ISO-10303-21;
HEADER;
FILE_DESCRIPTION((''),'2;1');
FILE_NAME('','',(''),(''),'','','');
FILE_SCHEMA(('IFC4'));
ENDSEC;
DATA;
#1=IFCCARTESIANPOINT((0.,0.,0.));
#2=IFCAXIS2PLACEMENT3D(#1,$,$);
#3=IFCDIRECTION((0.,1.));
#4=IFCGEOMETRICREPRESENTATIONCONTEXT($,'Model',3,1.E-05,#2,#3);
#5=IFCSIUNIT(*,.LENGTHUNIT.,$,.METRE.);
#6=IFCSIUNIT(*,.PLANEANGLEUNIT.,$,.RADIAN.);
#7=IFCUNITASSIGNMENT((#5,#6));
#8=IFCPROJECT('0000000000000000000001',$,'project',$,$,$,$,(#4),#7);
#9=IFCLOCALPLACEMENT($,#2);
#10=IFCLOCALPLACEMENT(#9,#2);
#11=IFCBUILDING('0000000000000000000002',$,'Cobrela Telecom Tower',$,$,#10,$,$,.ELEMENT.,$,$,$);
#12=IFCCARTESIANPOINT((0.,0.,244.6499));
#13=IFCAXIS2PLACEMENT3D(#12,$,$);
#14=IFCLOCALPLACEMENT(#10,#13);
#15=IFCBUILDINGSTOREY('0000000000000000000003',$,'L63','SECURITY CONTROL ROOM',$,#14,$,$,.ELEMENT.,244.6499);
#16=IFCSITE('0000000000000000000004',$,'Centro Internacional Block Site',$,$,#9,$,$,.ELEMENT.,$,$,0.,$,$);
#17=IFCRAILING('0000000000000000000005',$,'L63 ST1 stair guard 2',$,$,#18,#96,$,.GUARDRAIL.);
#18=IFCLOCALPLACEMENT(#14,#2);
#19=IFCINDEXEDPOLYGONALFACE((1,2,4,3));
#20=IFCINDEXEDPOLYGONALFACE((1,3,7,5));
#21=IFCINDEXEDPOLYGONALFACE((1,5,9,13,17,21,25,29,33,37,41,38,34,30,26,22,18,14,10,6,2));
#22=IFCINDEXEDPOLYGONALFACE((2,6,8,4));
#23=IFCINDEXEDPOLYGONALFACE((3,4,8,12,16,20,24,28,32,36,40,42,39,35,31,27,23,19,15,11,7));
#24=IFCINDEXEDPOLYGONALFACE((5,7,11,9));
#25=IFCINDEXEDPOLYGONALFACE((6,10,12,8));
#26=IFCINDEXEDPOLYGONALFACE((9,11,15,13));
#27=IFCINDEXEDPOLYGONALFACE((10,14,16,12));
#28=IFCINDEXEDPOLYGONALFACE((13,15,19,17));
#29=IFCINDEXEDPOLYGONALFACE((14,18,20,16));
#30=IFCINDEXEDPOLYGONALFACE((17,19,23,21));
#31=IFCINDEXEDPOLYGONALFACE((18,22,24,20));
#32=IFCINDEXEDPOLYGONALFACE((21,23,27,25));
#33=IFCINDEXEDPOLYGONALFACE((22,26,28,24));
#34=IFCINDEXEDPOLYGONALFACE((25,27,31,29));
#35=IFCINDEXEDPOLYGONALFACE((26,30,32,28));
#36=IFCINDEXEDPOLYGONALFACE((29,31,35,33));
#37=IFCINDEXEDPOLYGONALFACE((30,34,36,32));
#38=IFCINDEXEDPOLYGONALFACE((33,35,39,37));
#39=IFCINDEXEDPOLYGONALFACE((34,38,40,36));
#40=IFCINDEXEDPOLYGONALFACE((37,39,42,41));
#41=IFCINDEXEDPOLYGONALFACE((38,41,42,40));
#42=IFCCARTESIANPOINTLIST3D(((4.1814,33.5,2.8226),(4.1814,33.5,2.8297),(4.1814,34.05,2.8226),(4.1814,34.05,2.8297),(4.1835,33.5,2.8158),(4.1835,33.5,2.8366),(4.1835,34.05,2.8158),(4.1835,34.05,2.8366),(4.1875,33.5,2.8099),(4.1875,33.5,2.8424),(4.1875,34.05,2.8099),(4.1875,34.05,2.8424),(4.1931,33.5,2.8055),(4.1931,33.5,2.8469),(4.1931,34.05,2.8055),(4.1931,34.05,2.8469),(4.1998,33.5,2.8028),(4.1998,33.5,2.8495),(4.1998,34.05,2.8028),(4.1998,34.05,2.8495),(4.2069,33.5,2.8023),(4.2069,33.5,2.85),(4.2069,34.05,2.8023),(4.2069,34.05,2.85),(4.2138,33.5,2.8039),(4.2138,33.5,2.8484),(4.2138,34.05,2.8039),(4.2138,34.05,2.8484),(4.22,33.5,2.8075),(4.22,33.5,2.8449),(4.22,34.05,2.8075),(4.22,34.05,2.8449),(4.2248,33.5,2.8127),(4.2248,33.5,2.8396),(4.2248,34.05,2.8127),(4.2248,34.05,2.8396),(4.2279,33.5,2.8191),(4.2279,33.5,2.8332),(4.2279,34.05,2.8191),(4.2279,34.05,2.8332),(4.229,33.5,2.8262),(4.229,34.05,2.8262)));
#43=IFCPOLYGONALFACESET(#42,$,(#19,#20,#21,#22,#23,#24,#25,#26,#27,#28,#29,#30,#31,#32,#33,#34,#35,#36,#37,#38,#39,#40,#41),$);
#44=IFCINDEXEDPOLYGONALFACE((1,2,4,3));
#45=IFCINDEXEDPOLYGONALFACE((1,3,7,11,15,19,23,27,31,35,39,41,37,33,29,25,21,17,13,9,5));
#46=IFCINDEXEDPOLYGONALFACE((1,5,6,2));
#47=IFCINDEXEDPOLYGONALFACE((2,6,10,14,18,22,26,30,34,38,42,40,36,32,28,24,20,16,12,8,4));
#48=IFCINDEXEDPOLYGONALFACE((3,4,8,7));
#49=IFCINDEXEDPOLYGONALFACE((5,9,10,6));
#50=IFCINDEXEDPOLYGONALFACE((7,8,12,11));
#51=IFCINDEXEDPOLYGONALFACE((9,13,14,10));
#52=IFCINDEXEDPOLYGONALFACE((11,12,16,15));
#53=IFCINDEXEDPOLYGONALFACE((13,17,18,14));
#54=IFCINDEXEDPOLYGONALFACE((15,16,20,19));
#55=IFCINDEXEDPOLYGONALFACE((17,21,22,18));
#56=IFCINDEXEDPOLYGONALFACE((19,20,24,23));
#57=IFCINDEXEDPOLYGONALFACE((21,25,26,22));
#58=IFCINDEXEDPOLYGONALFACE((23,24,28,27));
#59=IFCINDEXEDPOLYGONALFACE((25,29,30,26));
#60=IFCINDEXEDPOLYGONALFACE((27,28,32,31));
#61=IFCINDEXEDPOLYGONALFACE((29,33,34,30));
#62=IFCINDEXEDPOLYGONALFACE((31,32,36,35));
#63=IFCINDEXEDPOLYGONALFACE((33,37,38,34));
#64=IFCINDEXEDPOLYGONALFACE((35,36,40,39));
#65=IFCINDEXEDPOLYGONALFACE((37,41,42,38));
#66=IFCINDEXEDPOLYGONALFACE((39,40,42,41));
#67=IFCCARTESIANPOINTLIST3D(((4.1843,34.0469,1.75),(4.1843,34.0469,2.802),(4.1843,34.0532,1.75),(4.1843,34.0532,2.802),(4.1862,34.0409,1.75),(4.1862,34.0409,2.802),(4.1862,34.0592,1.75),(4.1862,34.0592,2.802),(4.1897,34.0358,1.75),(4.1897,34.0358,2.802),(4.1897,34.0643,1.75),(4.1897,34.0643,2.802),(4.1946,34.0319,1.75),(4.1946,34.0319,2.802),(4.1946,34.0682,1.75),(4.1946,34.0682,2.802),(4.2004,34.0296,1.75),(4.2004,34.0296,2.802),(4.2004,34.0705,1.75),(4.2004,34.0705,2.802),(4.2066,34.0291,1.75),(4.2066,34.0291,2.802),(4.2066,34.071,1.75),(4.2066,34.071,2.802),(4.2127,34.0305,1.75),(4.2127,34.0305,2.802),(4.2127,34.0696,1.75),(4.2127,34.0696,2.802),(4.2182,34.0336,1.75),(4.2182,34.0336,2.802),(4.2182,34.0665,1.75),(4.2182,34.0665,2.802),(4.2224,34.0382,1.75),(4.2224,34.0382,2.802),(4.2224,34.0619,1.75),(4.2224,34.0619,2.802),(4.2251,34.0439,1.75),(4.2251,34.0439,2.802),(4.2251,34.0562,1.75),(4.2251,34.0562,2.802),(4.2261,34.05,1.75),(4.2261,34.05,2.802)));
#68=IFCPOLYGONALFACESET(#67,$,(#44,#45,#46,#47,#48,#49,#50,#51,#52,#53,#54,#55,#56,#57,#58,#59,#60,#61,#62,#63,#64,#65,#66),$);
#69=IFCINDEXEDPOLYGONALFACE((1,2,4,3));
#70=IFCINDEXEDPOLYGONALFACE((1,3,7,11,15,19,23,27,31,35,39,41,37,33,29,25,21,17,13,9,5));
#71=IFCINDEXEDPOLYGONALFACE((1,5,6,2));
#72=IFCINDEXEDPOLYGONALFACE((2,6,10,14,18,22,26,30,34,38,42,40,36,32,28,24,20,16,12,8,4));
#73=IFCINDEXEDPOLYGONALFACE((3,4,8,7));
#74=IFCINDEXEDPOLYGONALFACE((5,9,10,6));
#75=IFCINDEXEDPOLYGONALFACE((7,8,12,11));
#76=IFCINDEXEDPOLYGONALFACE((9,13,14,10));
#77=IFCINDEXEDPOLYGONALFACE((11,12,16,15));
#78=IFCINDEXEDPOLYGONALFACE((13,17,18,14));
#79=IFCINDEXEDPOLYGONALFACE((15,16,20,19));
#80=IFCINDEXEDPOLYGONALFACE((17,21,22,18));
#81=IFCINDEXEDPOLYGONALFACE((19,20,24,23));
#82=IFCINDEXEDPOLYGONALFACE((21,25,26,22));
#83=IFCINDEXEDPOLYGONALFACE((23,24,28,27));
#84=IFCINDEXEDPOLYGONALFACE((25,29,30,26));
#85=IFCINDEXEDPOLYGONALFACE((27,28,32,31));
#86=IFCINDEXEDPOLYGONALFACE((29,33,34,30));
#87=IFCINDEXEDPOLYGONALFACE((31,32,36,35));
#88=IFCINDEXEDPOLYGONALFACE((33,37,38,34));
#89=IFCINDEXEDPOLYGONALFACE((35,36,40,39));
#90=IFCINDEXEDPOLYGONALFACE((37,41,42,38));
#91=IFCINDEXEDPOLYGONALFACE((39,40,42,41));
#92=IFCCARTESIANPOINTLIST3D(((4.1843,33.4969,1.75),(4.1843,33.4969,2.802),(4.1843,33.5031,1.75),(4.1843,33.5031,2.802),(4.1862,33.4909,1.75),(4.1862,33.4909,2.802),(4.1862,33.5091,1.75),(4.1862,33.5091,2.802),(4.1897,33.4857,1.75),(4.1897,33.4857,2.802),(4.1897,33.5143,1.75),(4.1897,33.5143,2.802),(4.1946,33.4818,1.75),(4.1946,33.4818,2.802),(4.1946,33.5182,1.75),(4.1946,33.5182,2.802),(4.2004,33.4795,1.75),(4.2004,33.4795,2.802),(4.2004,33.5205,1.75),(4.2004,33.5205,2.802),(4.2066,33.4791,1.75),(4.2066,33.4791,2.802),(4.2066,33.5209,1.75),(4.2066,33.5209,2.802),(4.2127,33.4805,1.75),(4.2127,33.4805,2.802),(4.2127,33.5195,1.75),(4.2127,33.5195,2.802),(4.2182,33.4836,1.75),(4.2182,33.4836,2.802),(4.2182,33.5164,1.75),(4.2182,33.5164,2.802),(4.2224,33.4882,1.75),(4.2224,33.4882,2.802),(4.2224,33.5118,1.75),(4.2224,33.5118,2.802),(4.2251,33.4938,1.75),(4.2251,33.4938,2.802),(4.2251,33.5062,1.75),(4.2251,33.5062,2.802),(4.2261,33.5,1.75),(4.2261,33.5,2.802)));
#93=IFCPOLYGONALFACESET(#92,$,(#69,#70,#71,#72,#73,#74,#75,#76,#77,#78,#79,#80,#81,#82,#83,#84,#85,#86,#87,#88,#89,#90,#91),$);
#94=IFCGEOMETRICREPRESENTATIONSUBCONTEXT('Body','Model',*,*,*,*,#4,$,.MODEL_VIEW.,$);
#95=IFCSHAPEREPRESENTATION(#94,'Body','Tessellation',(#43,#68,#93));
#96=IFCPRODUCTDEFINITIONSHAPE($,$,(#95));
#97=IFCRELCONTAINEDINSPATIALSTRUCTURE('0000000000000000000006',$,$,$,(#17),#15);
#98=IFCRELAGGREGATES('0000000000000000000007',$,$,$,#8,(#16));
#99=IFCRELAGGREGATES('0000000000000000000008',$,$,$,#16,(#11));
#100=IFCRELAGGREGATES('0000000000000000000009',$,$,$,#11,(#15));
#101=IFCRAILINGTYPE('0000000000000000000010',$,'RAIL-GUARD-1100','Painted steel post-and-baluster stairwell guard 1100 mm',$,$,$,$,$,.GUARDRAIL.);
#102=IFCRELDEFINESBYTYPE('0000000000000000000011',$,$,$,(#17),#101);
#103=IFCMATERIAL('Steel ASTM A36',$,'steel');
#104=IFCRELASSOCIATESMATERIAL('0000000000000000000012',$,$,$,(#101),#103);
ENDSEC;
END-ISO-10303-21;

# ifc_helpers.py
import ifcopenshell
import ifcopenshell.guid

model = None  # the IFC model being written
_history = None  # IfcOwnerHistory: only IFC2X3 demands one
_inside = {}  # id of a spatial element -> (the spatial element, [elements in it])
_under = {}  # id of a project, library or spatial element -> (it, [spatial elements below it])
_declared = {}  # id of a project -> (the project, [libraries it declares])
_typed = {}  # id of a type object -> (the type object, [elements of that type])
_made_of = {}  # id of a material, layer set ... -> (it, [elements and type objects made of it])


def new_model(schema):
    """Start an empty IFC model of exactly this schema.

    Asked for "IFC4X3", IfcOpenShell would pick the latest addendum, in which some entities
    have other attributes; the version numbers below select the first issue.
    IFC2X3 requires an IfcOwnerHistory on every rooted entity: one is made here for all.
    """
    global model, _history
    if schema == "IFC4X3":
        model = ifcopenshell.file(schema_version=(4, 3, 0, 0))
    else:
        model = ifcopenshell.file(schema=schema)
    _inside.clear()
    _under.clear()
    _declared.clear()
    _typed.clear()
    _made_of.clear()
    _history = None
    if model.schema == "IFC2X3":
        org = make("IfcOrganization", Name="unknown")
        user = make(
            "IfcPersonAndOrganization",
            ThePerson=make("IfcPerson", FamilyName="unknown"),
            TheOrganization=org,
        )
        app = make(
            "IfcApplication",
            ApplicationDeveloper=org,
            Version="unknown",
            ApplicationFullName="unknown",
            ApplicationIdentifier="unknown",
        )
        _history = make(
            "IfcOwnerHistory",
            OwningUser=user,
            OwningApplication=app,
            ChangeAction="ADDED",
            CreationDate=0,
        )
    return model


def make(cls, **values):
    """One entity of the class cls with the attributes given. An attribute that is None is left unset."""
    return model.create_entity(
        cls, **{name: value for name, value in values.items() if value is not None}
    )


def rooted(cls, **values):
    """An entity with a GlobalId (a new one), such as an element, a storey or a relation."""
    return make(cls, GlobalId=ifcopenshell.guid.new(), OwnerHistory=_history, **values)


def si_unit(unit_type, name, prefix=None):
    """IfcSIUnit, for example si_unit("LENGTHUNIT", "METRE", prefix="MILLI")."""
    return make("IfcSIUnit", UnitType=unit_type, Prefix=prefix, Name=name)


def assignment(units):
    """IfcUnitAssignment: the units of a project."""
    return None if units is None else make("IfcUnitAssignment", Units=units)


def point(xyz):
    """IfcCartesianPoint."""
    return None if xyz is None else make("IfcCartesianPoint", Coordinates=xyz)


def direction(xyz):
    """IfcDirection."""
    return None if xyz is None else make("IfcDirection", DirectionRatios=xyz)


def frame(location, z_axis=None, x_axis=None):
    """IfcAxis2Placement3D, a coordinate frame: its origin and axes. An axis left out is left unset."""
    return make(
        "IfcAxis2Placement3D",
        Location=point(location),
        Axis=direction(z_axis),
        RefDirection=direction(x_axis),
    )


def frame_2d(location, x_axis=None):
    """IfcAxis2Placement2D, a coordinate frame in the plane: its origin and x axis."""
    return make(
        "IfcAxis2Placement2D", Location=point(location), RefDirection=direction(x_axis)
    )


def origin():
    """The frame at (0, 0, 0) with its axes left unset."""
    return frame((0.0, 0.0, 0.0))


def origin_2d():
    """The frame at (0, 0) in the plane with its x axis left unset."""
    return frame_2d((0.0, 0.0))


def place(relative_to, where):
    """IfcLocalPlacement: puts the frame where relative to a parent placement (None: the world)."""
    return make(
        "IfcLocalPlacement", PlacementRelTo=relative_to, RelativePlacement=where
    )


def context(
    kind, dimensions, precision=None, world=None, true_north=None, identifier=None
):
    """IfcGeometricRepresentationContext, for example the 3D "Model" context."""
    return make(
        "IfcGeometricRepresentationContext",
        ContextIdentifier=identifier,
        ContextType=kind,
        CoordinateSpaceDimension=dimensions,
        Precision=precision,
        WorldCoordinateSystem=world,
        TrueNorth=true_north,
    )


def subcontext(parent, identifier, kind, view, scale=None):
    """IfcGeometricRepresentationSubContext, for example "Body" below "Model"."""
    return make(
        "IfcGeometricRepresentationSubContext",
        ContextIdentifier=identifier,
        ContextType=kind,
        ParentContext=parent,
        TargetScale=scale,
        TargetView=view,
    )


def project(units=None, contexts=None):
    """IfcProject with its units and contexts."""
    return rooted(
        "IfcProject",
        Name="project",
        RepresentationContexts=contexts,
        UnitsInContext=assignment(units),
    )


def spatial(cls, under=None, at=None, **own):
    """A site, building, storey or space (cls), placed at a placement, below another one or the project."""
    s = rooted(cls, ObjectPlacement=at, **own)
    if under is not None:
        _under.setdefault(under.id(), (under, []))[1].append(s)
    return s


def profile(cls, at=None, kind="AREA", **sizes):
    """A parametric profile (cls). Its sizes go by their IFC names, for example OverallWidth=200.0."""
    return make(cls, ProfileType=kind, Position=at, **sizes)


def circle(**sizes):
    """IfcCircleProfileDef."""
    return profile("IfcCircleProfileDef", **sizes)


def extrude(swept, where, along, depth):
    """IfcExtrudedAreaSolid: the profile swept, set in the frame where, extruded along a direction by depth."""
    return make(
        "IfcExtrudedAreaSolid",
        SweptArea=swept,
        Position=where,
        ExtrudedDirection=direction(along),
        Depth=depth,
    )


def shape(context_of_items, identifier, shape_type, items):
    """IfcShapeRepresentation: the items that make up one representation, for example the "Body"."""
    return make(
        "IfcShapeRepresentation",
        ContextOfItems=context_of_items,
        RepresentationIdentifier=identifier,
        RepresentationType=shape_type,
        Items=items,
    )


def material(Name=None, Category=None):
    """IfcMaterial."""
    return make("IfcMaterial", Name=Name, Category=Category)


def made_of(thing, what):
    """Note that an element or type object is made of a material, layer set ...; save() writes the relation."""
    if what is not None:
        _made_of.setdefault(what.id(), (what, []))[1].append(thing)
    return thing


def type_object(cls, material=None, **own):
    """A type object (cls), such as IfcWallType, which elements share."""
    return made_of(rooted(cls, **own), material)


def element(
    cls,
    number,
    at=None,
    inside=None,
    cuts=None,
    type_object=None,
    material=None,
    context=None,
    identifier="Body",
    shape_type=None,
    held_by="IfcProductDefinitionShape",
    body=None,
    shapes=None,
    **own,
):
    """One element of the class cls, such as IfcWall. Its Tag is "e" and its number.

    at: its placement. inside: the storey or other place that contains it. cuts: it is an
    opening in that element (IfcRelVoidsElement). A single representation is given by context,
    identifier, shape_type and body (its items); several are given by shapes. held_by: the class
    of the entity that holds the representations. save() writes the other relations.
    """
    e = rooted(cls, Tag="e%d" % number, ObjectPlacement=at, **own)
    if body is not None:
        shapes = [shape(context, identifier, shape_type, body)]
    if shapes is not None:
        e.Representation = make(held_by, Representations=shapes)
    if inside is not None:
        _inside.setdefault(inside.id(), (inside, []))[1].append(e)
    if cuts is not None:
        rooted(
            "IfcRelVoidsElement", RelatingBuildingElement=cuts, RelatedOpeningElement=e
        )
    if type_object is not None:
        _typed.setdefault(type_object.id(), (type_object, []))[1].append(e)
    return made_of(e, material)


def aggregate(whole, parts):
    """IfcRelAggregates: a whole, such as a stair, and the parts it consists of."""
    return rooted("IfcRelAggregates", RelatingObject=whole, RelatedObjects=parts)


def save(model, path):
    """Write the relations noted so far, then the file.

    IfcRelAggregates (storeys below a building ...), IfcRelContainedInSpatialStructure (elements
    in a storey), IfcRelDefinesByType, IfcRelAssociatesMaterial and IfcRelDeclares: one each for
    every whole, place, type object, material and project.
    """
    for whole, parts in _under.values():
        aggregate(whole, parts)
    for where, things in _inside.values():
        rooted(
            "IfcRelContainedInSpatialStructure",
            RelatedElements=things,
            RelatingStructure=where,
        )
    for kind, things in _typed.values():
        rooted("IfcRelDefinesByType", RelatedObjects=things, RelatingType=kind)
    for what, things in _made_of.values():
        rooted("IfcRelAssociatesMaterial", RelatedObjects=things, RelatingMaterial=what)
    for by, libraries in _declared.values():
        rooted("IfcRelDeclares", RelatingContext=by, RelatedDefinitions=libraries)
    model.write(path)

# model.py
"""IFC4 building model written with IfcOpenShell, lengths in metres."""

from ifc_helpers import new_model, si_unit, direction, frame, origin, origin_2d, place, context, subcontext, project, spatial, circle, extrude, material, type_object, element, save


model = new_model("IFC4")

# Units and contexts
model_context = context("Model", 3, precision=1e-05, world=origin(), true_north=direction((0.0, 1.0)))
body_context = subcontext(model_context, "Body", "Model", "MODEL_VIEW")
ifc_project = project(units=[si_unit("LENGTHUNIT", "METRE"), si_unit("PLANEANGLEUNIT", "RADIAN")], contexts=[model_context])

# Site, building, storey
site_placement = place(None, origin())
site = spatial("IfcSite", under=ifc_project, at=site_placement, Name="Centro Internacional Block Site", CompositionType="ELEMENT", RefElevation=0.0)
building_placement = place(site_placement, origin())
building = spatial("IfcBuilding", under=site, at=building_placement, Name="Cobrela Telecom Tower", CompositionType="ELEMENT")
storey_placement = place(building_placement, frame((0.0, 0.0, 244.6499)))
storey = spatial("IfcBuildingStorey", under=building, at=storey_placement, Name="L63", Description="SECURITY CONTROL ROOM", CompositionType="ELEMENT", Elevation=244.6499)

# Shared definitions
ifc_material_1 = material(Name="Steel ASTM A36", Category="steel")

# Railing
railing_type_1 = type_object("IfcRailingType", Name="RAIL-GUARD-1100", Description="Painted steel post-and-baluster stairwell guard 1100 mm", PredefinedType="GUARDRAIL", material=ifc_material_1)
railing_1_placement = place(storey_placement, frame((4.2051, 34.05, 1.75)))
element("IfcRailing", 1, at=railing_1_placement, inside=storey, type_object=railing_type_1, Name="L63 ST1 stair guard 2", PredefinedType="GUARDRAIL", context=body_context, shape_type="SweptSolid", body=[
    extrude(circle(Radius=0.0239, at=origin_2d()), frame((0.0, 0.0, 1.0762), z_axis=(0.0, -1.0, 0.0), x_axis=(1.0, 0.0, 0.0)), (0.0, 0.0, 1.0), 0.55),
    extrude(circle(Radius=0.021, at=origin_2d()), origin(), (0.0, 0.0, 1.0), 1.052),
    extrude(circle(Radius=0.021, at=origin_2d()), frame((0.0, -0.55, 0.0)), (0.0, 0.0, 1.0), 1.052),
])

save(model, "model.ifc")
